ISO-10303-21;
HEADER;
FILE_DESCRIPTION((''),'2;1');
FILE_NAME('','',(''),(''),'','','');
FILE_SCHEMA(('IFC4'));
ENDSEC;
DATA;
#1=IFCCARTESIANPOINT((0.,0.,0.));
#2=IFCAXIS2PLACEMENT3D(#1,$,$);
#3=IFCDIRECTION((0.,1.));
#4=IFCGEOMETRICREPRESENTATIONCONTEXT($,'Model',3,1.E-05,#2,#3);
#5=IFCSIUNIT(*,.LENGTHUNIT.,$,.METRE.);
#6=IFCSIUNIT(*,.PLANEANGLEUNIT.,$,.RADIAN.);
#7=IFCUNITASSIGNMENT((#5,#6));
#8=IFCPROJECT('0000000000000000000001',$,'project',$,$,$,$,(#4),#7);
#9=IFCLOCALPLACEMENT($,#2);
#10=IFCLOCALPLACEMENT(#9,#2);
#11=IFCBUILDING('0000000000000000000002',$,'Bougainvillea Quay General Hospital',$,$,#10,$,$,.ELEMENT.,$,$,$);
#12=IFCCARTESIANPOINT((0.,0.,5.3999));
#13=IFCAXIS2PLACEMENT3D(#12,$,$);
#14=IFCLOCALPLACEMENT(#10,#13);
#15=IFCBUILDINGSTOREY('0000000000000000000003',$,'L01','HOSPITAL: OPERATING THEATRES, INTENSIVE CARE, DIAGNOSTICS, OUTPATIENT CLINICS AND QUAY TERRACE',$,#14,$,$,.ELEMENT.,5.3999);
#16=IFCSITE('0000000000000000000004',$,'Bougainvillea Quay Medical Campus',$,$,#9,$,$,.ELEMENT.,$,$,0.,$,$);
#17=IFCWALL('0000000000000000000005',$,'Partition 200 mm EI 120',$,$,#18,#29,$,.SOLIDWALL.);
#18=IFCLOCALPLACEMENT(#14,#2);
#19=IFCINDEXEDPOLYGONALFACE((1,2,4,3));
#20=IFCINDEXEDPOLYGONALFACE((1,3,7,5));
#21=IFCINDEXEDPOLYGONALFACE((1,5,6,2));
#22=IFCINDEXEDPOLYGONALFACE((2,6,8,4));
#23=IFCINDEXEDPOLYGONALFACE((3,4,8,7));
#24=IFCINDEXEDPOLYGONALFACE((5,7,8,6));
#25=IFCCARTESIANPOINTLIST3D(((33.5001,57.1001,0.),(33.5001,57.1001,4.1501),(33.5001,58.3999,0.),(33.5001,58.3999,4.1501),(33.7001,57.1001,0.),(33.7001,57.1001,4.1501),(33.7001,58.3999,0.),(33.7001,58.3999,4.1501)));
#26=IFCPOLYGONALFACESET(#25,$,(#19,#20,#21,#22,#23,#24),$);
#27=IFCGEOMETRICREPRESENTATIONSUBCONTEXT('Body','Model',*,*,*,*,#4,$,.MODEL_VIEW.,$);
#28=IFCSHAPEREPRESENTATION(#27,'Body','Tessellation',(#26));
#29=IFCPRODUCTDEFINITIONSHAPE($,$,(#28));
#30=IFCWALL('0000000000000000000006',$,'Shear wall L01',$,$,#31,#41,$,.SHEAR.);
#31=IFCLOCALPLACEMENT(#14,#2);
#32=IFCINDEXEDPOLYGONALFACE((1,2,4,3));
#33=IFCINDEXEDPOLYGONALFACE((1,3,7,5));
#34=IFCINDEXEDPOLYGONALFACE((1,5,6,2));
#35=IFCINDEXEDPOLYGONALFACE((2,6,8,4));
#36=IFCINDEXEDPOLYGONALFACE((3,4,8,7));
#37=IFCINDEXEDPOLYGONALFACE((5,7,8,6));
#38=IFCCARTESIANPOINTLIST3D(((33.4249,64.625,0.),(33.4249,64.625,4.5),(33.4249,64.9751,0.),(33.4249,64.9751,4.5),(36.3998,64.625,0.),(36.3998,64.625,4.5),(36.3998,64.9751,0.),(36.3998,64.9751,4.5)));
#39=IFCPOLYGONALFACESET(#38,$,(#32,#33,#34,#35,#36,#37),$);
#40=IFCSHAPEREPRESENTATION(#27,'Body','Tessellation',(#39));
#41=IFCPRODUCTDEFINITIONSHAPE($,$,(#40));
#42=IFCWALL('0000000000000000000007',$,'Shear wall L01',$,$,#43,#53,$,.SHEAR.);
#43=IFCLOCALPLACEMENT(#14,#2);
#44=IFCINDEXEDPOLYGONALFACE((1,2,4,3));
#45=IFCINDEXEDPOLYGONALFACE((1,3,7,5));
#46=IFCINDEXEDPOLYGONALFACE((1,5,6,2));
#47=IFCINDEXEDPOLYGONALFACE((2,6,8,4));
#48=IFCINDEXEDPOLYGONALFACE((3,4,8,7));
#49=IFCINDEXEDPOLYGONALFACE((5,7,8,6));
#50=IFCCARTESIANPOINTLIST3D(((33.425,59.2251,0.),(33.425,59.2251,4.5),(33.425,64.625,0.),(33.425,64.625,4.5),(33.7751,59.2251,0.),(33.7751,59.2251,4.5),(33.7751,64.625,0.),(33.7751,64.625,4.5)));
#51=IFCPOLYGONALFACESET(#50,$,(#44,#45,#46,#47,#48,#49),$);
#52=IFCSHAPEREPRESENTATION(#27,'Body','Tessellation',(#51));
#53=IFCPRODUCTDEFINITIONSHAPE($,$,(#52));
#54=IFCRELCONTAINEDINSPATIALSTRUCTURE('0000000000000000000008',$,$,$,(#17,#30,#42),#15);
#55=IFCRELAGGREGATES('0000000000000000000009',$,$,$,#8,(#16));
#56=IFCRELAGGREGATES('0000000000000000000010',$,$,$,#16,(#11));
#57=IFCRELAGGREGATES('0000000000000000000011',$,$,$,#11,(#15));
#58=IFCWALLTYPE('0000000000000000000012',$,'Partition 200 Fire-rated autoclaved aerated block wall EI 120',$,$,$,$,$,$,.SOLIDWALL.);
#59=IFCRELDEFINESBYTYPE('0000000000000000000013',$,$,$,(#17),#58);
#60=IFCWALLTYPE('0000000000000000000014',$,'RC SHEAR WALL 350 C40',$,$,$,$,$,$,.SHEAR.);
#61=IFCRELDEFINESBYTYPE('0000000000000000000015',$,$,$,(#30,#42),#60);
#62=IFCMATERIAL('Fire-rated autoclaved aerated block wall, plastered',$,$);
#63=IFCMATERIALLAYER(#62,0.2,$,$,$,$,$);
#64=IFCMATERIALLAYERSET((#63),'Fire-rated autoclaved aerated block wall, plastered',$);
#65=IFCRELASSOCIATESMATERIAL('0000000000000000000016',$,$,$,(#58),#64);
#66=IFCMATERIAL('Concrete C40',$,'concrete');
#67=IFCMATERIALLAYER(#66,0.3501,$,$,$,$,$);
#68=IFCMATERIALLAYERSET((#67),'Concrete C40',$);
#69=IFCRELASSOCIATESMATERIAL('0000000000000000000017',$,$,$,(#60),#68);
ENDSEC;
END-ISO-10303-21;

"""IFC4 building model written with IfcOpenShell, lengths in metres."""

from ifc_helpers import new_model, si_unit, direction, frame, frame_2d, origin, place, context, subcontext, project, spatial, rectangle, extrude, material, layer, layer_set, type_object, element, save


model = new_model("IFC4")

# Units and contexts
model_context = context("Model", 3, precision=1e-05, world=origin(), true_north=direction((0.0, 1.0)))
body_context = subcontext(model_context, "Body", "Model", "MODEL_VIEW")
ifc_project = project(units=[si_unit("LENGTHUNIT", "METRE"), si_unit("PLANEANGLEUNIT", "RADIAN")], contexts=[model_context])

# Site, building, storey
site_placement = place(None, origin())
site = spatial("IfcSite", under=ifc_project, at=site_placement, Name="Bougainvillea Quay Medical Campus", CompositionType="ELEMENT", RefElevation=0.0)
building_placement = place(site_placement, origin())
building = spatial("IfcBuilding", under=site, at=building_placement, Name="Bougainvillea Quay General Hospital", CompositionType="ELEMENT")
storey_placement = place(building_placement, frame((0.0, 0.0, 5.3999)))
storey = spatial("IfcBuildingStorey", under=building, at=storey_placement, Name="L01", Description="HOSPITAL: OPERATING THEATRES, INTENSIVE CARE, DIAGNOSTICS, OUTPATIENT CLINICS AND QUAY TERRACE", CompositionType="ELEMENT", Elevation=5.3999)

# Walls
ifc_material_1 = material(Name="Fire-rated autoclaved aerated block wall, plastered")
ifc_layer_1 = layer(ifc_material_1, 0.2)
ifc_layer_set_1 = layer_set([ifc_layer_1], Name="Fire-rated autoclaved aerated block wall, plastered")
wall_type_1 = type_object("IfcWallType", Name="Partition 200 Fire-rated autoclaved aerated block wall EI 120", PredefinedType="SOLIDWALL", material=ifc_layer_set_1)
wall_1_placement = place(storey_placement, frame((33.6001, 57.1001, 0.0), z_axis=(0.0, 0.0, 1.0), x_axis=(0.0, 1.0, 0.0)))
element("IfcWall", 1, at=wall_1_placement, inside=storey, type_object=wall_type_1, Name="Partition 200 mm EI 120", PredefinedType="SOLIDWALL", context=body_context, shape_type="SweptSolid", body=[
    extrude(rectangle(XDim=1.2998, YDim=0.2, at=frame_2d((0.6499, 0.0))), origin(), (0.0, 0.0, 1.0), 4.1501),
])
ifc_material_2 = material(Name="Concrete C40", Category="concrete")
ifc_layer_2 = layer(ifc_material_2, 0.3501)
ifc_layer_set_2 = layer_set([ifc_layer_2], Name="Concrete C40")
wall_type_2 = type_object("IfcWallType", Name="RC SHEAR WALL 350 C40", PredefinedType="SHEAR", material=ifc_layer_set_2)
wall_2_placement = place(storey_placement, frame((33.425, 64.8, 0.0), z_axis=(0.0, 0.0, 1.0), x_axis=(1.0, 0.0, 0.0)))
element("IfcWall", 2, at=wall_2_placement, inside=storey, type_object=wall_type_2, Name="Shear wall L01", PredefinedType="SHEAR", context=body_context, shape_type="SweptSolid", body=[
    extrude(rectangle(XDim=2.9749, YDim=0.3501, at=frame_2d((1.4873, 0.0))), origin(), (0.0, 0.0, 1.0), 4.5),
])
wall_3_placement = place(storey_placement, frame((33.6001, 59.2251, 0.0), z_axis=(0.0, 0.0, 1.0), x_axis=(0.0, 1.0, 0.0)))
element("IfcWall", 3, at=wall_3_placement, inside=storey, type_object=wall_type_2, Name="Shear wall L01", PredefinedType="SHEAR", context=body_context, shape_type="SweptSolid", body=[
    extrude(rectangle(XDim=5.3999, YDim=0.3501, at=frame_2d((2.7, 0.0))), origin(), (0.0, 0.0, 1.0), 4.5),
])

save(model, "model.ifc")
